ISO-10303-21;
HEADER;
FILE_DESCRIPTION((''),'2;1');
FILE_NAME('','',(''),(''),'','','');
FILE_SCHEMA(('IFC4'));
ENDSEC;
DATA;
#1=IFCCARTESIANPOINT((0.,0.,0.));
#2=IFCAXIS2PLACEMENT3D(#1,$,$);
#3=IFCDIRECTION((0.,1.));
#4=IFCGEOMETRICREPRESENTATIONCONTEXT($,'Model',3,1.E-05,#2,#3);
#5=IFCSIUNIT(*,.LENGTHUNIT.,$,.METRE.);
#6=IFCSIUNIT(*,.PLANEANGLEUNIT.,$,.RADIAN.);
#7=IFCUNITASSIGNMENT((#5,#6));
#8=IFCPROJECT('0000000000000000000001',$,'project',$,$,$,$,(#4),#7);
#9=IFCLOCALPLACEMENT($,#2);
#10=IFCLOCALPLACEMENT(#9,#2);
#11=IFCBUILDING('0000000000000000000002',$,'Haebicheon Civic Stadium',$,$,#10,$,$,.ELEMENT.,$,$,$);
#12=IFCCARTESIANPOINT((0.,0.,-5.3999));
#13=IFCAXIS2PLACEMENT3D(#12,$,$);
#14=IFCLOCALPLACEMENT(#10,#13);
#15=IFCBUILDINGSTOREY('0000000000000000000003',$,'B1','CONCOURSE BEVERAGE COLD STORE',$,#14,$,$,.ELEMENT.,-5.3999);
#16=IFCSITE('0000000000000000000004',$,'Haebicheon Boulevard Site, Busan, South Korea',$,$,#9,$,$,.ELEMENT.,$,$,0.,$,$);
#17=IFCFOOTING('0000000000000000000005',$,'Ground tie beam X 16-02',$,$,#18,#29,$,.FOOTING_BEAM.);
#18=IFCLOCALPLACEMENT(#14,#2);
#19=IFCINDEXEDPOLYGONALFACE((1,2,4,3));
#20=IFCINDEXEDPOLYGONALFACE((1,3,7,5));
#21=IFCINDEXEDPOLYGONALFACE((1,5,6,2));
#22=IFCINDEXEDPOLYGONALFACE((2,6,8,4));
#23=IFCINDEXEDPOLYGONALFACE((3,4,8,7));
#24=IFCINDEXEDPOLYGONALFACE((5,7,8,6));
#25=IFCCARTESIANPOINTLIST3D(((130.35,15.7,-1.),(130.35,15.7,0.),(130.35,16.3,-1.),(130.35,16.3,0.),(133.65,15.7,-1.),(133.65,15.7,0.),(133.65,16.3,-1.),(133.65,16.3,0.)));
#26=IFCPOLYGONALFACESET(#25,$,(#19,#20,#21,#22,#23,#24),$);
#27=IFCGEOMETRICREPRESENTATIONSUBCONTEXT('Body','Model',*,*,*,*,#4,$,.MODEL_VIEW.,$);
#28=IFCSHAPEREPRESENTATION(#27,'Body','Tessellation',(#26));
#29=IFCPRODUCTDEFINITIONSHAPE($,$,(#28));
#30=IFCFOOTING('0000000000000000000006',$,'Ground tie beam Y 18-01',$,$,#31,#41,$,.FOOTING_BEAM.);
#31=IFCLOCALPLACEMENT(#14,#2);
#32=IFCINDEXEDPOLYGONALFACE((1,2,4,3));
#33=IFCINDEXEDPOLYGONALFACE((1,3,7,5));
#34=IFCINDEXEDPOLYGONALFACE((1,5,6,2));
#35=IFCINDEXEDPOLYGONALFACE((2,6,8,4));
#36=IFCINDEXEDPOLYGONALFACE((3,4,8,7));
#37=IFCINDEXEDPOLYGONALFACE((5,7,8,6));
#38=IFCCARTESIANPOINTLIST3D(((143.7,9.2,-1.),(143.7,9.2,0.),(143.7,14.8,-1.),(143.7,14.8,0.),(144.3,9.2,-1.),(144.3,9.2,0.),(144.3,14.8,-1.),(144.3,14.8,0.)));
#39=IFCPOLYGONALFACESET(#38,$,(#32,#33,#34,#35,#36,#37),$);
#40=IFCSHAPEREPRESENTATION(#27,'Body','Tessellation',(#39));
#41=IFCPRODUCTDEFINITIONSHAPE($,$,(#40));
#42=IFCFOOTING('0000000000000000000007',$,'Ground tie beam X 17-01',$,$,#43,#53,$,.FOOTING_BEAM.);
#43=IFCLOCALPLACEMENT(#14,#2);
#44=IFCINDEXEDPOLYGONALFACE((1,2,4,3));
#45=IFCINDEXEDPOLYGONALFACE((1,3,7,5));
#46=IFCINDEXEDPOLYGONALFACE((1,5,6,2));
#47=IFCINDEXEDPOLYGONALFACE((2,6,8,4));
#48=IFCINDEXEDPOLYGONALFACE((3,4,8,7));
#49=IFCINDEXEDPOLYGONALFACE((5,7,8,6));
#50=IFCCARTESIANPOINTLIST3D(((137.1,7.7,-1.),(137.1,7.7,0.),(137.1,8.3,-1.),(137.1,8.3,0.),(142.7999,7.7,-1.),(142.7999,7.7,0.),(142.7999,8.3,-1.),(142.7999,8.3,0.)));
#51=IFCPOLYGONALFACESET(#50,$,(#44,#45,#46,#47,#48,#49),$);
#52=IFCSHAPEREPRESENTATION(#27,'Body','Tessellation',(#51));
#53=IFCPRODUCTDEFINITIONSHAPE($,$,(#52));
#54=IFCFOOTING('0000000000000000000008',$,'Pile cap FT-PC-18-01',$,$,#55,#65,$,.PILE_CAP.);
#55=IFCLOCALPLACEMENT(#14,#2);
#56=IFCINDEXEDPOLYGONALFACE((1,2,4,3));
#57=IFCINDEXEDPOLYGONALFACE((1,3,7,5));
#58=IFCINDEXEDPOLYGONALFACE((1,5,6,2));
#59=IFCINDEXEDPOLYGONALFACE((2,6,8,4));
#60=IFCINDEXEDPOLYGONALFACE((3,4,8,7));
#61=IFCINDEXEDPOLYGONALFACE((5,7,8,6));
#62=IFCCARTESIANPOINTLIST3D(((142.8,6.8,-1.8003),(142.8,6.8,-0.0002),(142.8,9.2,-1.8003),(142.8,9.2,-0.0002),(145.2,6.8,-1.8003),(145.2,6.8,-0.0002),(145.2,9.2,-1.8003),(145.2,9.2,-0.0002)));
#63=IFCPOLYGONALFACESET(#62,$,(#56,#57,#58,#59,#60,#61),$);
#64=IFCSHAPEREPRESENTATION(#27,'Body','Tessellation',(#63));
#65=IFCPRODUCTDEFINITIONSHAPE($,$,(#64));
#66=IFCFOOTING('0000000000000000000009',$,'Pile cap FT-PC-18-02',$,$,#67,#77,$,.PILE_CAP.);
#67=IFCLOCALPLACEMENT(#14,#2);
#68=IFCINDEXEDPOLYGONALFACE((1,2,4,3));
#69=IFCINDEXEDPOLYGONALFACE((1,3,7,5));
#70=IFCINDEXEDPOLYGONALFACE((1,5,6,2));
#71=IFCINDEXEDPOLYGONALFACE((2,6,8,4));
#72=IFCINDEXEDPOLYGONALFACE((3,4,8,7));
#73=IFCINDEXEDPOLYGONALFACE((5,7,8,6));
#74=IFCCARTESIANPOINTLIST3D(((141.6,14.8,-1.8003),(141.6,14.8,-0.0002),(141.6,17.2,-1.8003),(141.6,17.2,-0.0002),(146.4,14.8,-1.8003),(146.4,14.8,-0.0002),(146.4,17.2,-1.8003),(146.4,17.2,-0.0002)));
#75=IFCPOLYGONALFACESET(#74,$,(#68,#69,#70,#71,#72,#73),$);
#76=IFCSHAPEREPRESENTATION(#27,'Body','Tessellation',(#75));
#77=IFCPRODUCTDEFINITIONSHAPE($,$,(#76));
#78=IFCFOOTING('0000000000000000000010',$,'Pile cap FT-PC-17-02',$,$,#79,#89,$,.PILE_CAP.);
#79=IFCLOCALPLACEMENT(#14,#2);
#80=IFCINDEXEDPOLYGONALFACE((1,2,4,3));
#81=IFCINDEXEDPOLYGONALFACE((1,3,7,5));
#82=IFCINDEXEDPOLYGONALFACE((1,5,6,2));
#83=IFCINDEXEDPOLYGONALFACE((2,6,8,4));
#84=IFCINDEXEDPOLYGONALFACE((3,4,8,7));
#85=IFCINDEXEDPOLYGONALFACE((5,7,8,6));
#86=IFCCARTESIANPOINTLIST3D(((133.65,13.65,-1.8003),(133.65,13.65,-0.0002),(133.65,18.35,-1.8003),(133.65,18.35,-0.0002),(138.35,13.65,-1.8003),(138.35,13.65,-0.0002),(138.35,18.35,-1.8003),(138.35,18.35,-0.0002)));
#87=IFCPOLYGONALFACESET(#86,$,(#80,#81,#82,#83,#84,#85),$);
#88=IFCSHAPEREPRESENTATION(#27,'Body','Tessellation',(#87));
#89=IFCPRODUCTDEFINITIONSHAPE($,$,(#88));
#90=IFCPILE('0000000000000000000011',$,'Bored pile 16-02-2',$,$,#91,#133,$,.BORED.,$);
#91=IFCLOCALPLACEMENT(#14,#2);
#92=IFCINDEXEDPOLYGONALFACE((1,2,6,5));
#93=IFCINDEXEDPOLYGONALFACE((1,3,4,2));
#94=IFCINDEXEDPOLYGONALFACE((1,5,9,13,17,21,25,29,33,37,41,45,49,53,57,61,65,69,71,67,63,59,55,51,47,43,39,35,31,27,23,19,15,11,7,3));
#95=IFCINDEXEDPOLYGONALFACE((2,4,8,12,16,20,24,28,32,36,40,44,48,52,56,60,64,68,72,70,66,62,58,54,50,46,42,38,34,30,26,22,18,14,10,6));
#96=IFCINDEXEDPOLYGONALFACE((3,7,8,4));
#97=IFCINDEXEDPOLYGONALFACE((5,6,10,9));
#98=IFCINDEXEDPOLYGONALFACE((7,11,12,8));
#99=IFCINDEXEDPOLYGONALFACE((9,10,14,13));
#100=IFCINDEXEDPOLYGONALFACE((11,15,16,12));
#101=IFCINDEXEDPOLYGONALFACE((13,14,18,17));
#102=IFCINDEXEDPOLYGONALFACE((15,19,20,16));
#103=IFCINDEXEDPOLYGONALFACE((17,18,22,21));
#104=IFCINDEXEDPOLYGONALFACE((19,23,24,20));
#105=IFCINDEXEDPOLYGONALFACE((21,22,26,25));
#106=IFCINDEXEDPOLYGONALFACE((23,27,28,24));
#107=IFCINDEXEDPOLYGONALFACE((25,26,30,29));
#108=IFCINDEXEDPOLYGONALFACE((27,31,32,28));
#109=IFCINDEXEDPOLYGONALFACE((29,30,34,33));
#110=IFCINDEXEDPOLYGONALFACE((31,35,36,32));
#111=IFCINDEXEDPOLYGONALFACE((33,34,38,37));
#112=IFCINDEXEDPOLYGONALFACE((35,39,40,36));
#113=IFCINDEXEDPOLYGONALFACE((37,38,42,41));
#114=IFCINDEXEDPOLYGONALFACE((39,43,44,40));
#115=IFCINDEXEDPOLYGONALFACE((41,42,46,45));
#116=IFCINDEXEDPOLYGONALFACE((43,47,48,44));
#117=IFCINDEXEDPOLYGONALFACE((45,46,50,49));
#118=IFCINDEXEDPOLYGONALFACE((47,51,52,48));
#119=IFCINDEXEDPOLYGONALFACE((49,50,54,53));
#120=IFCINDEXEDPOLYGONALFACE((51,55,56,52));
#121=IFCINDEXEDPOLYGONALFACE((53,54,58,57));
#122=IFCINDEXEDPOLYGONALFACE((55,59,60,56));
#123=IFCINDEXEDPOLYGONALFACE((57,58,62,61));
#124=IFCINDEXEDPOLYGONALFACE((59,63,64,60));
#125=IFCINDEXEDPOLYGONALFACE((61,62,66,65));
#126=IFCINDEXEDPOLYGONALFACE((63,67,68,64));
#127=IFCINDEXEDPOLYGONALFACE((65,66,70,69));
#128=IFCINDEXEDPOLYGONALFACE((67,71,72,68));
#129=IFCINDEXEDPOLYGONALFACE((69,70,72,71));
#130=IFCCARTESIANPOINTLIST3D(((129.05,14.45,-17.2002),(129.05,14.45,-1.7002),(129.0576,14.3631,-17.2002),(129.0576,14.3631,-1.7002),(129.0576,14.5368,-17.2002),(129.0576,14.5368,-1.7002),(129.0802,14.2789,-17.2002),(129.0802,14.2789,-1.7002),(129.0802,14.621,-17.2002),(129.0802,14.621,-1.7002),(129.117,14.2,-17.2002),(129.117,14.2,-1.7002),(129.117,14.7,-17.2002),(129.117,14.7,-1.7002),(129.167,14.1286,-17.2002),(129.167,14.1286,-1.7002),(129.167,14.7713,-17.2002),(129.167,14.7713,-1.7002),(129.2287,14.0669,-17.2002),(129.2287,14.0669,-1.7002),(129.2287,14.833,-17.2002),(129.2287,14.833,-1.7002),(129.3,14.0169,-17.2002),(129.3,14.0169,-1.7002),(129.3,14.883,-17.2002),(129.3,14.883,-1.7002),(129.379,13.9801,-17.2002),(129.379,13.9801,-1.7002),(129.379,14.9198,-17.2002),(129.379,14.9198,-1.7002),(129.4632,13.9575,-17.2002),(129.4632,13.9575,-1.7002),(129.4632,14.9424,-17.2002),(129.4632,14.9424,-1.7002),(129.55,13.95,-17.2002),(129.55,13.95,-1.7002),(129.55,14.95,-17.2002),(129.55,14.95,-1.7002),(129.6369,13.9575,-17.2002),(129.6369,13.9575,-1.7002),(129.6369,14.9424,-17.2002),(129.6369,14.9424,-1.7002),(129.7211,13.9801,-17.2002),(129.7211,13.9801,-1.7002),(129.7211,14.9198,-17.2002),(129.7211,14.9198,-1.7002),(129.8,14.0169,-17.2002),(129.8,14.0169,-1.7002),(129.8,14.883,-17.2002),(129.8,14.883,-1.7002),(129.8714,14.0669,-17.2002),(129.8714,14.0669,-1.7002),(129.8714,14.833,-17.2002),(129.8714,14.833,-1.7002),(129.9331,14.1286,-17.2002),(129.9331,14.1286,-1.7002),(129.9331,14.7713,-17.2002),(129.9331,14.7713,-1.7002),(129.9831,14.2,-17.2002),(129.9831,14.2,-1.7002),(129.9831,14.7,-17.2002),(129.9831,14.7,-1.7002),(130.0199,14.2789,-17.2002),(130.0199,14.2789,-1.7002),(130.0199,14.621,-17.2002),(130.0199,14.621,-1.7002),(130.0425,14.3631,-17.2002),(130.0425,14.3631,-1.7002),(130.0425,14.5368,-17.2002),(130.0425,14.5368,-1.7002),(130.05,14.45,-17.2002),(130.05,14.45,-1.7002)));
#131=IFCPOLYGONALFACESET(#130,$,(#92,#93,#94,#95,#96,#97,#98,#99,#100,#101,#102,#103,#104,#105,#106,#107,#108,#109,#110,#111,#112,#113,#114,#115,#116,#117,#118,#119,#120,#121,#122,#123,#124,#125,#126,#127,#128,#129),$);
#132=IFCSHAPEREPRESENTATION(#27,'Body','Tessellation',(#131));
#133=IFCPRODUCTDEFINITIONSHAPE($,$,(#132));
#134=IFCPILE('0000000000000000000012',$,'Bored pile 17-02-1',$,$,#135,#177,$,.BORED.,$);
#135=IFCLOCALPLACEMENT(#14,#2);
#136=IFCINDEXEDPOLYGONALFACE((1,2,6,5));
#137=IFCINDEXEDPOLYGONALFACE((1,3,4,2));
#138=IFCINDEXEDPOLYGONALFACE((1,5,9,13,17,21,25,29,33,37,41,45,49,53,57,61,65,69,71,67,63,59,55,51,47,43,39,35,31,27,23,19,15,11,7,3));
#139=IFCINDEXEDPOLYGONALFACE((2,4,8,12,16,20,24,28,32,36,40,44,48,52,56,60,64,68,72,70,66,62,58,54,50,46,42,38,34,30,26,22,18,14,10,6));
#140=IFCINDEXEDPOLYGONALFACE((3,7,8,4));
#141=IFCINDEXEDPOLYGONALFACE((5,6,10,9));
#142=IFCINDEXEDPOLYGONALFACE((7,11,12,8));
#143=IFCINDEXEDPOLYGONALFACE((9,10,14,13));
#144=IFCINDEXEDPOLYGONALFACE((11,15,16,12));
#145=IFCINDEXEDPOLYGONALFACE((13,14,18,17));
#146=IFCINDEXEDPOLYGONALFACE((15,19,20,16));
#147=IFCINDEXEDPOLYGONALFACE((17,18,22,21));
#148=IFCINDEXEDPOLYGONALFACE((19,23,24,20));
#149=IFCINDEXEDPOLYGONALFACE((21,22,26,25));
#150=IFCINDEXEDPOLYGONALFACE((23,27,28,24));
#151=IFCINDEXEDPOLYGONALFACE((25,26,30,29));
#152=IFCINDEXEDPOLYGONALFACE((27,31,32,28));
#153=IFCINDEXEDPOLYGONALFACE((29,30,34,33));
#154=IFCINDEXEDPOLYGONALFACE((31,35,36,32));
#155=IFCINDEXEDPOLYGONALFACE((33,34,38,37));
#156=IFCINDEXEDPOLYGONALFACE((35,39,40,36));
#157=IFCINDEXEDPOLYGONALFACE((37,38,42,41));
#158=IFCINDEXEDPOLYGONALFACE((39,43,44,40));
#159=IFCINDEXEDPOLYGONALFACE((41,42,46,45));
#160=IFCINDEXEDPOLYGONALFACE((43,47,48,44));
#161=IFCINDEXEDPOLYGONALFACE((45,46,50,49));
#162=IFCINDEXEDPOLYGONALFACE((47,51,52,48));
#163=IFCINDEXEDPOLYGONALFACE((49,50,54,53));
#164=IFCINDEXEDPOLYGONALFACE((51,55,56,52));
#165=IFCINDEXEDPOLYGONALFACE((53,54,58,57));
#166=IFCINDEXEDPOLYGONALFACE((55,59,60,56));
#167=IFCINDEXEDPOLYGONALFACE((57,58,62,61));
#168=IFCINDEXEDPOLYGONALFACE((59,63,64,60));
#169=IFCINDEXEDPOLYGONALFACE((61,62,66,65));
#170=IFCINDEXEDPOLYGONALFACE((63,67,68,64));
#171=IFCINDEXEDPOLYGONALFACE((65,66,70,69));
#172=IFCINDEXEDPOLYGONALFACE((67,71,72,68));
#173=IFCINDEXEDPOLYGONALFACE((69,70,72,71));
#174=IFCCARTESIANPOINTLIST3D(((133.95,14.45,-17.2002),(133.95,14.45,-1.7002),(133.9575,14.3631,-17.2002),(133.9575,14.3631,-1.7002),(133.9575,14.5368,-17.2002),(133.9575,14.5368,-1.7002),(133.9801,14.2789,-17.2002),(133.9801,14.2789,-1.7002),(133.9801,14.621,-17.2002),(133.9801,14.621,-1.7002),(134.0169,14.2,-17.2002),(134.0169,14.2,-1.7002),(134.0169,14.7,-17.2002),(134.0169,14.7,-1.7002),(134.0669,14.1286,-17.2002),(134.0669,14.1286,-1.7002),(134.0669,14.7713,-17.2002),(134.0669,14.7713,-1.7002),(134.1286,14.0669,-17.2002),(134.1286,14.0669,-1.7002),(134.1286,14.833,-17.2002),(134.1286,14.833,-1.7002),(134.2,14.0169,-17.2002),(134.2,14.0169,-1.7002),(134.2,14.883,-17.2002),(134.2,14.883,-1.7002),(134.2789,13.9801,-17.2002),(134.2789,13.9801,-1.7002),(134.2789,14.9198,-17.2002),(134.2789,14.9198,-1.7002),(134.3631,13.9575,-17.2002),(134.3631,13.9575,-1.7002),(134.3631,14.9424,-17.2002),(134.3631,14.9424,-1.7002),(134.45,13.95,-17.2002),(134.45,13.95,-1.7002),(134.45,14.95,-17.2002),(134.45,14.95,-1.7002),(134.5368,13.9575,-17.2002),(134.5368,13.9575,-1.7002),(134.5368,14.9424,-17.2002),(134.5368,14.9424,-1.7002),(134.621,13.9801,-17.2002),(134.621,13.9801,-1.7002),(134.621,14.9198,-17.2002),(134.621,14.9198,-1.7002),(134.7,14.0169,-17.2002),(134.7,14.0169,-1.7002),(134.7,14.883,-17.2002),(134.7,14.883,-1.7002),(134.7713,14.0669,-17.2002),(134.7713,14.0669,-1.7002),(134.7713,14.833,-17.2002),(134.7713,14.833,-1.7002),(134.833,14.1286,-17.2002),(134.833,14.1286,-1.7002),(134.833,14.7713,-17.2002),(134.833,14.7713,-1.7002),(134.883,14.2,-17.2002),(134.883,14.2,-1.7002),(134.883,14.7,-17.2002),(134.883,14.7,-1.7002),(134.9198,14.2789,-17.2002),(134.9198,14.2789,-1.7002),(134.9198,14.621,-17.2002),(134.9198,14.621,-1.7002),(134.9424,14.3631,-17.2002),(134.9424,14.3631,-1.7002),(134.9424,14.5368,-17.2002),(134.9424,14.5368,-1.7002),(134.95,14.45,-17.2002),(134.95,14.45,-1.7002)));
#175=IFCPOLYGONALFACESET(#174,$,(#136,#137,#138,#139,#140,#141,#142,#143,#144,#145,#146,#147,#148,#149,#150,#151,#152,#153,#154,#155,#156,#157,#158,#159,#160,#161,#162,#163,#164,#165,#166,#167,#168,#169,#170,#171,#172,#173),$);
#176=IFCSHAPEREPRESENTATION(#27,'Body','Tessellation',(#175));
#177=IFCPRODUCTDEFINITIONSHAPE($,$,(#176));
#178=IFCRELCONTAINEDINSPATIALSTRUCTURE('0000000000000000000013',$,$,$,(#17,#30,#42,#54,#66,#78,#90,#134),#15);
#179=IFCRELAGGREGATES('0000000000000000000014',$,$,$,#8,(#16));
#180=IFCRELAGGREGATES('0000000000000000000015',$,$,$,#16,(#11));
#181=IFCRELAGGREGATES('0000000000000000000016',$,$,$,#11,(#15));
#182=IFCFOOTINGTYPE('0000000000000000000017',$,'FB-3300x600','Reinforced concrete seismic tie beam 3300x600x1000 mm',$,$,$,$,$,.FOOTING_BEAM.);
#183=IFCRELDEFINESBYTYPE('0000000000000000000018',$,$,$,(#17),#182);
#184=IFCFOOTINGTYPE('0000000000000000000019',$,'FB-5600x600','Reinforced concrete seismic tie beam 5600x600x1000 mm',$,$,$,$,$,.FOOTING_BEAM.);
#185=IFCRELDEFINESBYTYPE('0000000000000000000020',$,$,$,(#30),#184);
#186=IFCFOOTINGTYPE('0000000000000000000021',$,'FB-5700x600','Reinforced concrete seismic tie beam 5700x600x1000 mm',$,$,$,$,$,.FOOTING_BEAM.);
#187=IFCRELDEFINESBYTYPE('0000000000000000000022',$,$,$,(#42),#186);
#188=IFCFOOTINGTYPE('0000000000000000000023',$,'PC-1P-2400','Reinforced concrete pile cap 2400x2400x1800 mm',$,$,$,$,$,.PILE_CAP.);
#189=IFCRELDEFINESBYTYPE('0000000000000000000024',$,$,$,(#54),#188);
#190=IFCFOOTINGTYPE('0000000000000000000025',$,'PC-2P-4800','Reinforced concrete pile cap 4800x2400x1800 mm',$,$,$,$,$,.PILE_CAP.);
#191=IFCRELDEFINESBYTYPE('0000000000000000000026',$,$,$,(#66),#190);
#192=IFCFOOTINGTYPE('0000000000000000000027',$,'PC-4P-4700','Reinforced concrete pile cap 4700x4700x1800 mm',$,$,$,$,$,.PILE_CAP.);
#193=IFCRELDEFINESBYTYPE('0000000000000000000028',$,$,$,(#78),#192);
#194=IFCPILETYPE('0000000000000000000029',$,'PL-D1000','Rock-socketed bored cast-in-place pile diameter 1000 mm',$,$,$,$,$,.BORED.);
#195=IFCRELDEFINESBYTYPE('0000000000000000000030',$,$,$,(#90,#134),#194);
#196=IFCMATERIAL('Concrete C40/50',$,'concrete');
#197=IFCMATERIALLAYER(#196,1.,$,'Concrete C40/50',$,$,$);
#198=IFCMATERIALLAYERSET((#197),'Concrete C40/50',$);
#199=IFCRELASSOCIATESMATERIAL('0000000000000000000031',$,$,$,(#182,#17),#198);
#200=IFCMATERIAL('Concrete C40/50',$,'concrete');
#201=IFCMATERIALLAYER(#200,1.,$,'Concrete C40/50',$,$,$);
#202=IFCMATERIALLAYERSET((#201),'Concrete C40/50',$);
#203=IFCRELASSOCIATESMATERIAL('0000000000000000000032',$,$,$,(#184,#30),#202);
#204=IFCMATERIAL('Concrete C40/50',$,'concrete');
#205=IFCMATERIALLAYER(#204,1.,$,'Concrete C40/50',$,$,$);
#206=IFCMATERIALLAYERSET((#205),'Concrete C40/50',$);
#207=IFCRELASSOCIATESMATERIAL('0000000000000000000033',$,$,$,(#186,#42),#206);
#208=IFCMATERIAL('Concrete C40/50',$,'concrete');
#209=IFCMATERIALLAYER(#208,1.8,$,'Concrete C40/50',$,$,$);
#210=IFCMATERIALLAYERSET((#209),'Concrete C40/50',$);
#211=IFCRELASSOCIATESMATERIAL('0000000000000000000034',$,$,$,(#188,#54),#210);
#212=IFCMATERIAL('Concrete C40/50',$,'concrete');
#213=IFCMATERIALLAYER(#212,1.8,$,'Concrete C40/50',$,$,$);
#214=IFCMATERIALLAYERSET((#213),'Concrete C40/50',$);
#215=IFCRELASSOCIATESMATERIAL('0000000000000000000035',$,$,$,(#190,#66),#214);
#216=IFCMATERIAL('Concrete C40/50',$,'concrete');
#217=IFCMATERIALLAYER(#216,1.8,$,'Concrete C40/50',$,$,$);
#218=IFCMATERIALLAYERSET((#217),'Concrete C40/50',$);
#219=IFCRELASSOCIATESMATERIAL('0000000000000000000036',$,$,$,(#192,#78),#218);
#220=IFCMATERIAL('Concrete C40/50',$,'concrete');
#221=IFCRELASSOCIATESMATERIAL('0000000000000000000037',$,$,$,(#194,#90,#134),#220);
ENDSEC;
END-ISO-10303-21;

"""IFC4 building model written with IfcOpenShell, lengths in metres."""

from ifc_helpers import new_model, si_unit, direction, frame, origin, origin_2d, place, context, subcontext, project, spatial, rectangle, circle, extrude, material, layer, layer_set, material_profile, profile_set, type_object, element, save


model = new_model("IFC4")

# Units and contexts
model_context = context("Model", 3, precision=1e-05, world=origin(), true_north=direction((0.0, 1.0)))
body_context = subcontext(model_context, "Body", "Model", "MODEL_VIEW")
ifc_project = project(units=[si_unit("LENGTHUNIT", "METRE"), si_unit("PLANEANGLEUNIT", "RADIAN")], contexts=[model_context])

# Site, building, storey
site_placement = place(None, origin())
site = spatial("IfcSite", under=ifc_project, at=site_placement, Name="Haebicheon Boulevard Site, Busan, South Korea", CompositionType="ELEMENT", RefElevation=0.0)
building_placement = place(site_placement, origin())
building = spatial("IfcBuilding", under=site, at=building_placement, Name="Haebicheon Civic Stadium", CompositionType="ELEMENT")
storey_placement = place(building_placement, frame((0.0, 0.0, -5.3999)))
storey = spatial("IfcBuildingStorey", under=building, at=storey_placement, Name="B1", Description="CONCOURSE BEVERAGE COLD STORE", CompositionType="ELEMENT", Elevation=-5.3999)

# Footings
ifc_material_1 = material(Name="Concrete C40/50", Category="concrete")
ifc_layer_1 = layer(ifc_material_1, 1.0, Name="Concrete C40/50")
ifc_layer_set_1 = layer_set([ifc_layer_1], Name="Concrete C40/50")
footing_type_1 = type_object("IfcFootingType", Name="FB-3300x600", Description="Reinforced concrete seismic tie beam 3300x600x1000 mm", PredefinedType="FOOTING_BEAM", material=ifc_layer_set_1)
footing_1_placement = place(storey_placement, frame((132.0, 16.0, -1.0), z_axis=(0.0, 0.0, 1.0), x_axis=(1.0, 0.0, 0.0)))
element("IfcFooting", 1, at=footing_1_placement, inside=storey, type_object=footing_type_1, material=ifc_layer_set_1, Name="Ground tie beam X 16-02", PredefinedType="FOOTING_BEAM", context=body_context, shape_type="SweptSolid", body=[
    extrude(rectangle(XDim=3.3, YDim=0.6001, at=origin_2d()), origin(), (0.0, 0.0, 1.0), 1.0),
])
ifc_material_2 = material(Name="Concrete C40/50", Category="concrete")
ifc_layer_2 = layer(ifc_material_2, 1.0, Name="Concrete C40/50")
ifc_layer_set_2 = layer_set([ifc_layer_2], Name="Concrete C40/50")
footing_type_2 = type_object("IfcFootingType", Name="FB-5600x600", Description="Reinforced concrete seismic tie beam 5600x600x1000 mm", PredefinedType="FOOTING_BEAM", material=ifc_layer_set_2)
footing_2_placement = place(storey_placement, frame((144.0, 12.0, -1.0), z_axis=(0.0, 0.0, 1.0), x_axis=(0.0, 1.0, 0.0)))
element("IfcFooting", 2, at=footing_2_placement, inside=storey, type_object=footing_type_2, material=ifc_layer_set_2, Name="Ground tie beam Y 18-01", PredefinedType="FOOTING_BEAM", context=body_context, shape_type="SweptSolid", body=[
    extrude(rectangle(XDim=5.6001, YDim=0.6001, at=origin_2d()), origin(), (0.0, 0.0, 1.0), 1.0),
])
ifc_material_3 = material(Name="Concrete C40/50", Category="concrete")
ifc_layer_3 = layer(ifc_material_3, 1.0, Name="Concrete C40/50")
ifc_layer_set_3 = layer_set([ifc_layer_3], Name="Concrete C40/50")
footing_type_3 = type_object("IfcFootingType", Name="FB-5700x600", Description="Reinforced concrete seismic tie beam 5700x600x1000 mm", PredefinedType="FOOTING_BEAM", material=ifc_layer_set_3)
footing_3_placement = place(storey_placement, frame((139.95, 8.0, -1.0), z_axis=(0.0, 0.0, 1.0), x_axis=(1.0, 0.0, 0.0)))
element("IfcFooting", 3, at=footing_3_placement, inside=storey, type_object=footing_type_3, material=ifc_layer_set_3, Name="Ground tie beam X 17-01", PredefinedType="FOOTING_BEAM", context=body_context, shape_type="SweptSolid", body=[
    extrude(rectangle(XDim=5.7, YDim=0.6001, at=origin_2d()), origin(), (0.0, 0.0, 1.0), 1.0),
])
ifc_material_4 = material(Name="Concrete C40/50", Category="concrete")
ifc_layer_4 = layer(ifc_material_4, 1.8, Name="Concrete C40/50")
ifc_layer_set_4 = layer_set([ifc_layer_4], Name="Concrete C40/50")
footing_type_4 = type_object("IfcFootingType", Name="PC-1P-2400", Description="Reinforced concrete pile cap 2400x2400x1800 mm", PredefinedType="PILE_CAP", material=ifc_layer_set_4)
footing_4_placement = place(storey_placement, frame((144.0, 8.0, -1.8003), z_axis=(0.0, 0.0, 1.0), x_axis=(1.0, 0.0, 0.0)))
element("IfcFooting", 4, at=footing_4_placement, inside=storey, type_object=footing_type_4, material=ifc_layer_set_4, Name="Pile cap FT-PC-18-01", PredefinedType="PILE_CAP", context=body_context, shape_type="SweptSolid", body=[
    extrude(rectangle(XDim=2.3999, YDim=2.3999, at=origin_2d()), origin(), (0.0, 0.0, 1.0), 1.8),
])
ifc_material_5 = material(Name="Concrete C40/50", Category="concrete")
ifc_layer_5 = layer(ifc_material_5, 1.8, Name="Concrete C40/50")
ifc_layer_set_5 = layer_set([ifc_layer_5], Name="Concrete C40/50")
footing_type_5 = type_object("IfcFootingType", Name="PC-2P-4800", Description="Reinforced concrete pile cap 4800x2400x1800 mm", PredefinedType="PILE_CAP", material=ifc_layer_set_5)
footing_5_placement = place(storey_placement, frame((144.0, 16.0, -1.8003), z_axis=(0.0, 0.0, 1.0), x_axis=(1.0, 0.0, 0.0)))
element("IfcFooting", 5, at=footing_5_placement, inside=storey, type_object=footing_type_5, material=ifc_layer_set_5, Name="Pile cap FT-PC-18-02", PredefinedType="PILE_CAP", context=body_context, shape_type="SweptSolid", body=[
    extrude(rectangle(XDim=4.8, YDim=2.3999, at=origin_2d()), origin(), (0.0, 0.0, 1.0), 1.8),
])
ifc_material_6 = material(Name="Concrete C40/50", Category="concrete")
ifc_layer_6 = layer(ifc_material_6, 1.8, Name="Concrete C40/50")
ifc_layer_set_6 = layer_set([ifc_layer_6], Name="Concrete C40/50")
footing_type_6 = type_object("IfcFootingType", Name="PC-4P-4700", Description="Reinforced concrete pile cap 4700x4700x1800 mm", PredefinedType="PILE_CAP", material=ifc_layer_set_6)
footing_6_placement = place(storey_placement, frame((136.0, 16.0, -1.8003), z_axis=(0.0, 0.0, 1.0), x_axis=(1.0, 0.0, 0.0)))
element("IfcFooting", 6, at=footing_6_placement, inside=storey, type_object=footing_type_6, material=ifc_layer_set_6, Name="Pile cap FT-PC-17-02", PredefinedType="PILE_CAP", context=body_context, shape_type="SweptSolid", body=[
    extrude(rectangle(XDim=4.7, YDim=4.7, at=origin_2d()), origin(), (0.0, 0.0, 1.0), 1.8),
])

# Piles
ifc_material_7 = material(Name="Concrete C40/50", Category="concrete")
ifc_material_profile_1 = material_profile(ifc_material_7, circle(Radius=0.5, at=origin_2d()), Name="PILE-D1000")
ifc_profile_set_1 = profile_set([ifc_material_profile_1], Name="Concrete C40/50")
pile_type_1 = type_object("IfcPileType", Name="PL-D1000", Description="Rock-socketed bored cast-in-place pile diameter 1000 mm", PredefinedType="BORED", material=ifc_profile_set_1)
for number, where, z_axis, x_axis, name in (
    (7, (129.55, 14.45, -1.7002), (0.0, 0.0, -1.0), (1.0, 0.0, 0.0), "Bored pile 16-02-2"),
    (8, (134.45, 14.45, -1.7002), (0.0, 0.0, -1.0), (1.0, 0.0, 0.0), "Bored pile 17-02-1"),
):
    element("IfcPile", number, at=place(storey_placement, frame(where, z_axis=z_axis, x_axis=x_axis)), inside=storey, type_object=pile_type_1, material=ifc_profile_set_1, Name=name, PredefinedType="BORED", context=body_context, shape_type="SweptSolid", body=[
        extrude(circle(Radius=0.5, at=origin_2d()), origin(), (0.0, 0.0, 1.0), 15.5),
    ])

save(model, "model.ifc")
